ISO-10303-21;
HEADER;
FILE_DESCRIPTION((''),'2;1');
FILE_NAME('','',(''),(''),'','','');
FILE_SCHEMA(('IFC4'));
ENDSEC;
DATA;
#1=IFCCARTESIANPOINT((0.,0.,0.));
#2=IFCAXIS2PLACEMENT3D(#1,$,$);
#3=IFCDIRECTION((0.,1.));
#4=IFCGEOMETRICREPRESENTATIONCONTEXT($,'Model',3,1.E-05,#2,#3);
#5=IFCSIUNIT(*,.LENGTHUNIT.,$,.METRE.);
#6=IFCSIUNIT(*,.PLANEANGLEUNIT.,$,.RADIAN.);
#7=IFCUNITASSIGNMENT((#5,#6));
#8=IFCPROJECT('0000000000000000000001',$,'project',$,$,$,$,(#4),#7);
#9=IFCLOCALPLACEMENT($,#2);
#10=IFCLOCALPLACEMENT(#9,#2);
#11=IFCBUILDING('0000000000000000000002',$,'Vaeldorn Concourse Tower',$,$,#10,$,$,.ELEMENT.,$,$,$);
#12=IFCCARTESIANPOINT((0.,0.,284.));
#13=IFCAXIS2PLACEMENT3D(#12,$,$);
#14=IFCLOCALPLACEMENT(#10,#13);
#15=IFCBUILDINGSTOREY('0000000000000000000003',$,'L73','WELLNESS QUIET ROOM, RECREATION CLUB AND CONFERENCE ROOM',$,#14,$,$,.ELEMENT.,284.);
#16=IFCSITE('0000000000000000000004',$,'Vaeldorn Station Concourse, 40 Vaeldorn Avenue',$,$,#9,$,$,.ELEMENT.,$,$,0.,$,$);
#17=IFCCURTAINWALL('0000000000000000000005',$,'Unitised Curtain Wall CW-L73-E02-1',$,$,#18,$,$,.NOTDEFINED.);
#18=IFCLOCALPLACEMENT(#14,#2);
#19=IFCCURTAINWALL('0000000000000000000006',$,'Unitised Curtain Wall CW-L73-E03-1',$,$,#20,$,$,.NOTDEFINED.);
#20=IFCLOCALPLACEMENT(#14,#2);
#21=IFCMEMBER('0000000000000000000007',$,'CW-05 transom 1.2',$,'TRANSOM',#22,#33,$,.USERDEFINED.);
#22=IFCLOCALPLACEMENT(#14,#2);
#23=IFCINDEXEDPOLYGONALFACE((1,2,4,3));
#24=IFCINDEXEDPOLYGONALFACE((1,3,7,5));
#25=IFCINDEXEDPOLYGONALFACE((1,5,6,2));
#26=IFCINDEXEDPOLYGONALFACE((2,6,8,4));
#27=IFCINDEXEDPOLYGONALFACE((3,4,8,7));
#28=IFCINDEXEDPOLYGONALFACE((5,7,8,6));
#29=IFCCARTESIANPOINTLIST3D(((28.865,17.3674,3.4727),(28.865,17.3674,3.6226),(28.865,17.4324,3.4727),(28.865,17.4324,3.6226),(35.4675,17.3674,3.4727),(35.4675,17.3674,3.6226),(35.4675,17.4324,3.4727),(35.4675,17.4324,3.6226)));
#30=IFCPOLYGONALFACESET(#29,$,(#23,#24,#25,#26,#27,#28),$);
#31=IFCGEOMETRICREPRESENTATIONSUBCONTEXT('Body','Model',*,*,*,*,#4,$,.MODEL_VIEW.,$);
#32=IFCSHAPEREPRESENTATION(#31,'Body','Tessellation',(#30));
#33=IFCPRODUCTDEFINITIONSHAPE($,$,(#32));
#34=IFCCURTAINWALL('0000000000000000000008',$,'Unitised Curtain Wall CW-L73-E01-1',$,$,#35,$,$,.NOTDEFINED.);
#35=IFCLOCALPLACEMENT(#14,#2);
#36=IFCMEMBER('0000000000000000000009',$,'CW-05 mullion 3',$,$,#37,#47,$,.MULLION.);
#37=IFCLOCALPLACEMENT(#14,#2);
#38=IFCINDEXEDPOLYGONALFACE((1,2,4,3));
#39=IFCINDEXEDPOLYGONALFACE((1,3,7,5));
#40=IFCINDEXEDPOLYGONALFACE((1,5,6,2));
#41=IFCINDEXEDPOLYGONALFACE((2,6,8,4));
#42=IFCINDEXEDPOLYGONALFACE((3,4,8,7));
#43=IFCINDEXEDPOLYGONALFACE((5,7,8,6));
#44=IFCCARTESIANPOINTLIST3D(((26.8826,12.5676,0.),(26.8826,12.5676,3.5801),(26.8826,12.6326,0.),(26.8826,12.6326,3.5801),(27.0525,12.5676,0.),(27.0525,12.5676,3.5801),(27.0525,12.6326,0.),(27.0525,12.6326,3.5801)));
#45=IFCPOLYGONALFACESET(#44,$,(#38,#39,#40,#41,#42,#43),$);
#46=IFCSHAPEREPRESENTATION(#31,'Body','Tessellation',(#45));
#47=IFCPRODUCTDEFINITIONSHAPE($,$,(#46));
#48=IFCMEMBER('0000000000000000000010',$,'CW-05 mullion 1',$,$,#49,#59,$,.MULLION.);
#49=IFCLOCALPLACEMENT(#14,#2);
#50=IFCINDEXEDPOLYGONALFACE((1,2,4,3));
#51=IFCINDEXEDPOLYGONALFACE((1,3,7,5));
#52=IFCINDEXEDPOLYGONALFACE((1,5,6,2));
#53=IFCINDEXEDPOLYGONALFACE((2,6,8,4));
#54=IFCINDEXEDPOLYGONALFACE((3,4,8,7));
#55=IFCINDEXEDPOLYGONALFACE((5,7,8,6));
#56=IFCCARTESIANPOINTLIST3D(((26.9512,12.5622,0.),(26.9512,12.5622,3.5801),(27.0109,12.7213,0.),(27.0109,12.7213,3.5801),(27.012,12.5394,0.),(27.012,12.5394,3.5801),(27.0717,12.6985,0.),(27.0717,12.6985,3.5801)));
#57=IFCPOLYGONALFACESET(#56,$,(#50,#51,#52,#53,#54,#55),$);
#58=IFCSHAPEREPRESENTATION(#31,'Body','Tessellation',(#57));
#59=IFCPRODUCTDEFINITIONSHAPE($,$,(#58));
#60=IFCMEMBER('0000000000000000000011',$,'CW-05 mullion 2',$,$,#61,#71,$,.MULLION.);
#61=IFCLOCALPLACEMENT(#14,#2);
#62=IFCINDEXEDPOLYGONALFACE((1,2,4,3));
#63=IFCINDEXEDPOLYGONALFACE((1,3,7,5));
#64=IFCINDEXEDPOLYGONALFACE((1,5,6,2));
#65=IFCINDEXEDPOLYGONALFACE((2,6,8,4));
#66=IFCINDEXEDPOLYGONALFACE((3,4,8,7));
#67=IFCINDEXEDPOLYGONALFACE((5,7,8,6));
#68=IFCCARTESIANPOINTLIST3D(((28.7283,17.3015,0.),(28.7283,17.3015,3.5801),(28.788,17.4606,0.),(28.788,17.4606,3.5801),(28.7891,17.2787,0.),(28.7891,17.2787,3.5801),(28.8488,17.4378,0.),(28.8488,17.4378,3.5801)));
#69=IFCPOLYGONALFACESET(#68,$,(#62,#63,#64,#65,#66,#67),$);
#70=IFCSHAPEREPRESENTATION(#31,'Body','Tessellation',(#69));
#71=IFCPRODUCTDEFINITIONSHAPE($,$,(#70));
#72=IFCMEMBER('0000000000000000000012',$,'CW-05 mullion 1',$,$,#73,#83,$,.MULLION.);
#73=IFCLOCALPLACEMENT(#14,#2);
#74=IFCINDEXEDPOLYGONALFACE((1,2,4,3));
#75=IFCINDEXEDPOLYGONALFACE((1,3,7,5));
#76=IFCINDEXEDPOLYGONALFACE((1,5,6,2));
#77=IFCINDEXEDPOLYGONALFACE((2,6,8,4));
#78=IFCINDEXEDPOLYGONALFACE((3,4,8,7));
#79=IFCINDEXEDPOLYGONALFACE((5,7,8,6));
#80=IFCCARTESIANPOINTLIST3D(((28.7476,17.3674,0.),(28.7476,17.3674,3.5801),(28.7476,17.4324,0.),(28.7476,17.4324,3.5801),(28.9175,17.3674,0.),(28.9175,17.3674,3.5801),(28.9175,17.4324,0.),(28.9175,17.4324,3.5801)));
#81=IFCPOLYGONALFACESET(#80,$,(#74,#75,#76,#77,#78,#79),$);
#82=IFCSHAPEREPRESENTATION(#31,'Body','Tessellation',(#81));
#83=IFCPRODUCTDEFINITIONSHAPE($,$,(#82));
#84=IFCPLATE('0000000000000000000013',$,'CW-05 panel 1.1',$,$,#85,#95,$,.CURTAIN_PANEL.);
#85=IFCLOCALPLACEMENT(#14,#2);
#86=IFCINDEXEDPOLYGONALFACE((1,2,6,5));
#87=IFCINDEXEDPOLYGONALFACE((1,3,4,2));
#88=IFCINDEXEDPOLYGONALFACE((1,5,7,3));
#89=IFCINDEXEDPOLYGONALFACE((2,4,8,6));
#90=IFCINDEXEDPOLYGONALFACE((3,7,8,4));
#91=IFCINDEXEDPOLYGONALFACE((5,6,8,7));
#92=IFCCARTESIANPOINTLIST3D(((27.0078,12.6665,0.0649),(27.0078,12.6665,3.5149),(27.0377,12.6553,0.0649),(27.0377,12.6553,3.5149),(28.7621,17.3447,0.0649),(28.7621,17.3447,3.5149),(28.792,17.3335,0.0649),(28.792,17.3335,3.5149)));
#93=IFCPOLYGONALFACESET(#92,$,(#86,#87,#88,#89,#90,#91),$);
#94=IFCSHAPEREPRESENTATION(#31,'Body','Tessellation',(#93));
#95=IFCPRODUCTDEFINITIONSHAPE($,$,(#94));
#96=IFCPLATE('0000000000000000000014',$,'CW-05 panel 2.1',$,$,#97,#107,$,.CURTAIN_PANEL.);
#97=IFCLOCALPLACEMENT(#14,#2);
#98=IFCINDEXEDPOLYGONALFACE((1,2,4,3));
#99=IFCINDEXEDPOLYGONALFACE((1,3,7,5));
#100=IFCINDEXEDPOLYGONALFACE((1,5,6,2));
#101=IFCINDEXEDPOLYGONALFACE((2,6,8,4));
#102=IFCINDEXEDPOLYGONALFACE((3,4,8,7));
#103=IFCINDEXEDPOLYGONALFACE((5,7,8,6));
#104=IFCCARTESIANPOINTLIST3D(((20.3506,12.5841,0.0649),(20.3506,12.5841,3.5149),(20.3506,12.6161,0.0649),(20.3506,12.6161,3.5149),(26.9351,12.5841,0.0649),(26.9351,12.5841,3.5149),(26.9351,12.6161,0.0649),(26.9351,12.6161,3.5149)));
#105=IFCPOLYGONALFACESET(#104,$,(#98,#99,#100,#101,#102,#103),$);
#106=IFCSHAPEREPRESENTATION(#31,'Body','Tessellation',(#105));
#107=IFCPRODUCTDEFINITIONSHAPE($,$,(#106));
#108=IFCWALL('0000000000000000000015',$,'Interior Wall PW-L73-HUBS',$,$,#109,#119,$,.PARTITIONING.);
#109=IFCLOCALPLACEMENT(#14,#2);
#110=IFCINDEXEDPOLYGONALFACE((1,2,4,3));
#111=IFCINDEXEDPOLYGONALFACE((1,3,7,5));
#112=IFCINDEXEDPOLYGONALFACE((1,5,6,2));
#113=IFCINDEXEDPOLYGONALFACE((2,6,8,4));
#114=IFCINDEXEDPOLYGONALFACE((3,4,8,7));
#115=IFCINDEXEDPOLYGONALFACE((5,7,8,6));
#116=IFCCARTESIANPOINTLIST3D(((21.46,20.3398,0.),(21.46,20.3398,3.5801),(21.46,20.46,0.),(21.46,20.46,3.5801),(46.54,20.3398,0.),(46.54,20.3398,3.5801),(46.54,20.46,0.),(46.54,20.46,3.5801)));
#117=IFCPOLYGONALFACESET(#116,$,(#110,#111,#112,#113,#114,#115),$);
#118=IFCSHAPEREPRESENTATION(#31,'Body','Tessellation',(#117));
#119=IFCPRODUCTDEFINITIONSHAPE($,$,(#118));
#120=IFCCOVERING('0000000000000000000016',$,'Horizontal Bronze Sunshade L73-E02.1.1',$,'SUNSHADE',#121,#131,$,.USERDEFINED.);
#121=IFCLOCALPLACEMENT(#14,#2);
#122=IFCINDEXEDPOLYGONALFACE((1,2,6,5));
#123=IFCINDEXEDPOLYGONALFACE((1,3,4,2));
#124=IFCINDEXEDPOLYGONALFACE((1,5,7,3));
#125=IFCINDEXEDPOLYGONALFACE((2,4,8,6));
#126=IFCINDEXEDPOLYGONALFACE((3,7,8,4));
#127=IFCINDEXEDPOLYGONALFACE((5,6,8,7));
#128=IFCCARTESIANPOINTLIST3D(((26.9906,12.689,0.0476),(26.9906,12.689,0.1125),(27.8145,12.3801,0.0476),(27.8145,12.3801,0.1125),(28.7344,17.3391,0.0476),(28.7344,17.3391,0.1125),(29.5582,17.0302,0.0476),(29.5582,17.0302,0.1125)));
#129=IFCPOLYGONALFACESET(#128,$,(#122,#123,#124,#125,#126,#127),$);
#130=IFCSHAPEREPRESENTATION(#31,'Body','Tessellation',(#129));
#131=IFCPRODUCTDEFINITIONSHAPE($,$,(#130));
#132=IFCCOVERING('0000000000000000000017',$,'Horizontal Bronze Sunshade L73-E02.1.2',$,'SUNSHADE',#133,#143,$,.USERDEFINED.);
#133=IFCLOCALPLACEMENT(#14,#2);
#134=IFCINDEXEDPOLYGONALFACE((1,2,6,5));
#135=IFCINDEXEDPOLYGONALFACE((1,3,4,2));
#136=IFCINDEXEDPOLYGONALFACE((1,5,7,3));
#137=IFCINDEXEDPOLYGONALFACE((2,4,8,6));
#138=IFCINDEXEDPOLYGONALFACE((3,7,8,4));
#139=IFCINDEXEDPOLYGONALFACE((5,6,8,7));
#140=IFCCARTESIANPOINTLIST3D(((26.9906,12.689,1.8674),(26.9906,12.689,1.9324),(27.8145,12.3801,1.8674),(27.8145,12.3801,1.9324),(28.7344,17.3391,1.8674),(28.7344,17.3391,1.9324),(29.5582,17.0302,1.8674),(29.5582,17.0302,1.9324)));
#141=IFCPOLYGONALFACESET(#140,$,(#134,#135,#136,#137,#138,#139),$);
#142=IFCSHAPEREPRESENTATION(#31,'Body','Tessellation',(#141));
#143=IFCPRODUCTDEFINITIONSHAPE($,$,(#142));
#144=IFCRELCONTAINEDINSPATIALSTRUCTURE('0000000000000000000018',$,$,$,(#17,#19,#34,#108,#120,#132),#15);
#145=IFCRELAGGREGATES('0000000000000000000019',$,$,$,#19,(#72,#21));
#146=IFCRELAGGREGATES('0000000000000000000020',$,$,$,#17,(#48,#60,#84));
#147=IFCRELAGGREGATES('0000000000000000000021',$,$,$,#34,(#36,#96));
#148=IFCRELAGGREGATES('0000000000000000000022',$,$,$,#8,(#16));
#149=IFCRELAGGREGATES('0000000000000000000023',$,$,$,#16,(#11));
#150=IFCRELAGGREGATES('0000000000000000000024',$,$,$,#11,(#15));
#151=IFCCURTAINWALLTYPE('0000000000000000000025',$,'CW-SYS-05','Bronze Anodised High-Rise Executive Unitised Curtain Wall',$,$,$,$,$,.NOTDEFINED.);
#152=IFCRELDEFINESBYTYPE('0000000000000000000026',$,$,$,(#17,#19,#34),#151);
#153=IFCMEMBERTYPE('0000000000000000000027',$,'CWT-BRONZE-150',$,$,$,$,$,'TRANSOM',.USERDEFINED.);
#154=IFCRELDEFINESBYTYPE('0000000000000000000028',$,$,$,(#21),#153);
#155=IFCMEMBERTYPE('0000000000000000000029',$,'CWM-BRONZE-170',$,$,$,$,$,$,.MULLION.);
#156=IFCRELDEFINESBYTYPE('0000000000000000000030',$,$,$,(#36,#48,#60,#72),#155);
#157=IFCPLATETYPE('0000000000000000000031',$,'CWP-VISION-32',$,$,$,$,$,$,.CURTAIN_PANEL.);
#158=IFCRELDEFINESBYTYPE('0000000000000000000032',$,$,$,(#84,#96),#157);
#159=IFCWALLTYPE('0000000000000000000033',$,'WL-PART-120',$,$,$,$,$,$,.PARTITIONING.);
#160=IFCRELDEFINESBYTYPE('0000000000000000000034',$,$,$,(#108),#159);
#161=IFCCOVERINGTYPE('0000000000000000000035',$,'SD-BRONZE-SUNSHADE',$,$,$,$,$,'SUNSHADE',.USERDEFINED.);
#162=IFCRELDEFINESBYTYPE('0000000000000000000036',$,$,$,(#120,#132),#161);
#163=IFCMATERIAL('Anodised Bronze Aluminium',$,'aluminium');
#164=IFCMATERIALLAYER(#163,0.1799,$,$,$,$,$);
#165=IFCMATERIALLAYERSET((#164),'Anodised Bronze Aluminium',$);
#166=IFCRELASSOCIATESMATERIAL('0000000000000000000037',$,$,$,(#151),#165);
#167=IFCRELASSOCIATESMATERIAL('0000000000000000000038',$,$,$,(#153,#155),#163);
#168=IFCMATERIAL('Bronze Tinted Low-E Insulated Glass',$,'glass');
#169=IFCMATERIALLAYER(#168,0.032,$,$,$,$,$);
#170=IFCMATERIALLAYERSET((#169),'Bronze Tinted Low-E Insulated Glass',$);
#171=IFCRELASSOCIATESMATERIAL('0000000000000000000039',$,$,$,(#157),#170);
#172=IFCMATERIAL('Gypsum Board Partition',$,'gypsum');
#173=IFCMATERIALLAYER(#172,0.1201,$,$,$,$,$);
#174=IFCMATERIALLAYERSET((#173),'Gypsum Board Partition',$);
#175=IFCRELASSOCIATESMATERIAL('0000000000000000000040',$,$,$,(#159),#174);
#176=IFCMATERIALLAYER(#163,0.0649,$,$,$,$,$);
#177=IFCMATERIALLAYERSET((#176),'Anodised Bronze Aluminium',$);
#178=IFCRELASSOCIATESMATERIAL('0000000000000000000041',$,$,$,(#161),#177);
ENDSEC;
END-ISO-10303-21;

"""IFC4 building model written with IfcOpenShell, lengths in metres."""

from ifc_helpers import new_model, si_unit, direction, frame, frame_2d, origin, origin_2d, place, context, subcontext, project, spatial, rectangle, extrude, source, transform, mapped, material, layer, layer_set, material_profile, profile_set, type_object, element, aggregate, save


model = new_model("IFC4")

# Units and contexts
model_context = context("Model", 3, precision=1e-05, world=origin(), true_north=direction((0.0, 1.0)))
body_context = subcontext(model_context, "Body", "Model", "MODEL_VIEW")
ifc_project = project(units=[si_unit("LENGTHUNIT", "METRE"), si_unit("PLANEANGLEUNIT", "RADIAN")], contexts=[model_context])

# Site, building, storey
site_placement = place(None, origin())
site = spatial("IfcSite", under=ifc_project, at=site_placement, Name="Vaeldorn Station Concourse, 40 Vaeldorn Avenue", CompositionType="ELEMENT", RefElevation=0.0)
building_placement = place(site_placement, origin())
building = spatial("IfcBuilding", under=site, at=building_placement, Name="Vaeldorn Concourse Tower", CompositionType="ELEMENT")
storey_placement = place(building_placement, frame((0.0, 0.0, 284.0)))
storey = spatial("IfcBuildingStorey", under=building, at=storey_placement, Name="L73", Description="WELLNESS QUIET ROOM, RECREATION CLUB AND CONFERENCE ROOM", CompositionType="ELEMENT", Elevation=284.0)

# Curtain walls, member
ifc_material_1 = material(Name="Anodised Bronze Aluminium", Category="aluminium")
ifc_layer_1 = layer(ifc_material_1, 0.1799)
ifc_layer_set_1 = layer_set([ifc_layer_1], Name="Anodised Bronze Aluminium")
curtain_wall_type = type_object("IfcCurtainWallType", Name="CW-SYS-05", Description="Bronze Anodised High-Rise Executive Unitised Curtain Wall", PredefinedType="NOTDEFINED", material=ifc_layer_set_1)
curtain_wall_1_placement = place(storey_placement, origin())
curtain_wall_1 = element("IfcCurtainWall", 1, at=curtain_wall_1_placement, inside=storey, type_object=curtain_wall_type, Name="Unitised Curtain Wall CW-L73-E02-1", PredefinedType="NOTDEFINED")
ifc_material_profile_1 = material_profile(ifc_material_1, rectangle(XDim=0.0649, YDim=0.1499, at=origin_2d()), Name="CWT 65x150")
ifc_profile_set_1 = profile_set([ifc_material_profile_1], Name="Anodised Bronze Aluminium")
member_type_1 = type_object("IfcMemberType", Name="CWT-BRONZE-150", ElementType="TRANSOM", PredefinedType="USERDEFINED", material=ifc_profile_set_1)
curtain_wall_2_placement = place(storey_placement, origin())
curtain_wall_2 = element("IfcCurtainWall", 2, at=curtain_wall_2_placement, inside=storey, type_object=curtain_wall_type, Name="Unitised Curtain Wall CW-L73-E03-1", PredefinedType="NOTDEFINED")
shared_shape_1 = source(origin(), body_context, "Body", "SweptSolid", [
    extrude(rectangle(XDim=0.0649, YDim=0.1499, at=origin_2d()), origin(), (0.0, 0.0, 1.0), 6.6025),
])
member_1_placement = place(storey_placement, frame((28.865, 17.3999, 3.5476), z_axis=(1.0, 0.0, 0.0), x_axis=(0.0, 1.0, 0.0)))
member_1 = element("IfcMember", 3, at=member_1_placement, type_object=member_type_1, Name="CW-05 transom 1.2", ObjectType="TRANSOM", PredefinedType="USERDEFINED", context=body_context, shape_type="MappedRepresentation", body=[
    mapped(shared_shape_1, transform((0.0, 0.0, 0.0), scale=1.0)),
])

# Curtain wall, member
curtain_wall_3_placement = place(storey_placement, origin())
curtain_wall_3 = element("IfcCurtainWall", 4, at=curtain_wall_3_placement, inside=storey, type_object=curtain_wall_type, Name="Unitised Curtain Wall CW-L73-E01-1", PredefinedType="NOTDEFINED")
ifc_material_profile_2 = material_profile(ifc_material_1, rectangle(XDim=0.0649, YDim=0.1699, at=origin_2d()), Name="CWM 65x170")
ifc_profile_set_2 = profile_set([ifc_material_profile_2], Name="Anodised Bronze Aluminium")
member_type_2 = type_object("IfcMemberType", Name="CWM-BRONZE-170", PredefinedType="MULLION", material=ifc_profile_set_2)
shared_shape_2 = source(origin(), body_context, "Body", "SweptSolid", [
    extrude(rectangle(XDim=0.0649, YDim=0.1699, at=origin_2d()), origin(), (0.0, 0.0, 1.0), 3.5801),
])
member_2_placement = place(storey_placement, frame((26.9675, 12.6001, 0.0), z_axis=(0.0, 0.0, 1.0), x_axis=(0.0, 1.0, 0.0)))
member_2 = element("IfcMember", 5, at=member_2_placement, type_object=member_type_2, Name="CW-05 mullion 3", PredefinedType="MULLION", context=body_context, shape_type="MappedRepresentation", body=[
    mapped(shared_shape_2, transform((0.0, 0.0, 0.0), scale=1.0)),
])

# Members
member_3_placement = place(storey_placement, frame((27.0115, 12.6304, 0.0), z_axis=(0.0, 0.0, 1.0), x_axis=(-0.936329, 0.351123, 0.0)))
member_3 = element("IfcMember", 6, at=member_3_placement, type_object=member_type_2, Name="CW-05 mullion 1", PredefinedType="MULLION", context=body_context, shape_type="MappedRepresentation", body=[
    mapped(shared_shape_2, transform((0.0, 0.0, 0.0), scale=1.0)),
])
member_4_placement = place(storey_placement, frame((28.7886, 17.3696, 0.0), z_axis=(0.0, 0.0, 1.0), x_axis=(-0.936329, 0.351123, 0.0)))
member_4 = element("IfcMember", 7, at=member_4_placement, type_object=member_type_2, Name="CW-05 mullion 2", PredefinedType="MULLION", context=body_context, shape_type="MappedRepresentation", body=[
    mapped(shared_shape_2, transform((0.0, 0.0, 0.0), scale=1.0)),
])
member_5_placement = place(storey_placement, frame((28.8325, 17.3999, 0.0), z_axis=(0.0, 0.0, 1.0), x_axis=(0.0, 1.0, 0.0)))
member_5 = element("IfcMember", 8, at=member_5_placement, type_object=member_type_2, Name="CW-05 mullion 1", PredefinedType="MULLION", context=body_context, shape_type="MappedRepresentation", body=[
    mapped(shared_shape_2, transform((0.0, 0.0, 0.0), scale=1.0)),
])
aggregate(curtain_wall_2, [member_5, member_1])

# Plates
ifc_material_2 = material(Name="Bronze Tinted Low-E Insulated Glass", Category="glass")
ifc_layer_2 = layer(ifc_material_2, 0.032)
ifc_layer_set_2 = layer_set([ifc_layer_2], Name="Bronze Tinted Low-E Insulated Glass")
plate_type = type_object("IfcPlateType", Name="CWP-VISION-32", PredefinedType="CURTAIN_PANEL", material=ifc_layer_set_2)
shared_shape_3 = source(origin(), body_context, "Body", "SweptSolid", [
    extrude(rectangle(XDim=4.9963, YDim=0.032, at=origin_2d()), origin(), (0.0, 0.0, 1.0), 3.45),
])
plate_1_placement = place(storey_placement, frame((27.8999, 15.0, 0.0649), z_axis=(0.0, 0.0, 1.0), x_axis=(0.351123, 0.936329, 0.0)))
plate_1 = element("IfcPlate", 9, at=plate_1_placement, type_object=plate_type, Name="CW-05 panel 1.1", PredefinedType="CURTAIN_PANEL", context=body_context, shape_type="MappedRepresentation", body=[
    mapped(shared_shape_3, transform((0.0, 0.0, 0.0), scale=1.0)),
])
aggregate(curtain_wall_1, [member_3, member_4, plate_1])
shared_shape_4 = source(origin(), body_context, "Body", "SweptSolid", [
    extrude(rectangle(XDim=6.5845, YDim=0.032, at=origin_2d()), origin(), (0.0, 0.0, 1.0), 3.45),
])
plate_2_placement = place(storey_placement, frame((23.6428, 12.6001, 0.0649), z_axis=(0.0, 0.0, 1.0), x_axis=(1.0, 0.0, 0.0)))
plate_2 = element("IfcPlate", 10, at=plate_2_placement, type_object=plate_type, Name="CW-05 panel 2.1", PredefinedType="CURTAIN_PANEL", context=body_context, shape_type="MappedRepresentation", body=[
    mapped(shared_shape_4, transform((0.0, 0.0, 0.0), scale=1.0)),
])
aggregate(curtain_wall_3, [member_2, plate_2])

# Wall
ifc_material_3 = material(Name="Gypsum Board Partition", Category="gypsum")
ifc_layer_3 = layer(ifc_material_3, 0.1201)
ifc_layer_set_3 = layer_set([ifc_layer_3], Name="Gypsum Board Partition")
wall_type = type_object("IfcWallType", Name="WL-PART-120", PredefinedType="PARTITIONING", material=ifc_layer_set_3)
wall_placement = place(storey_placement, frame((21.46, 20.3999, 0.0), z_axis=(0.0, 0.0, 1.0), x_axis=(1.0, 0.0, 0.0)))
element("IfcWall", 11, at=wall_placement, inside=storey, type_object=wall_type, Name="Interior Wall PW-L73-HUBS", PredefinedType="PARTITIONING", context=body_context, shape_type="SweptSolid", body=[
    extrude(rectangle(XDim=25.0801, YDim=0.1201, at=frame_2d((12.54, 0.0))), origin(), (0.0, 0.0, 1.0), 3.5801),
])

# Coverings
ifc_layer_4 = layer(ifc_material_1, 0.0649)
ifc_layer_set_4 = layer_set([ifc_layer_4], Name="Anodised Bronze Aluminium")
covering_type = type_object("IfcCoveringType", Name="SD-BRONZE-SUNSHADE", ElementType="SUNSHADE", PredefinedType="USERDEFINED", material=ifc_layer_set_4)
shared_shape_5 = source(origin(), body_context, "Body", "SweptSolid", [
    extrude(rectangle(XDim=4.9663, YDim=0.8799, at=origin_2d()), origin(), (0.0, 0.0, 1.0), 0.0649),
])
for number, where, z_axis, x_axis, name in (
    (12, (28.2744, 14.8596, 0.0476), (0.0, 0.0, 1.0), (0.351123, 0.936329, 0.0), "Horizontal Bronze Sunshade L73-E02.1.1"),
    (13, (28.2744, 14.8596, 1.8674), (0.0, 0.0, 1.0), (0.351123, 0.936329, 0.0), "Horizontal Bronze Sunshade L73-E02.1.2"),
):
    element("IfcCovering", number, at=place(storey_placement, frame(where, z_axis=z_axis, x_axis=x_axis)), inside=storey, type_object=covering_type, Name=name, ObjectType="SUNSHADE", PredefinedType="USERDEFINED", context=body_context, shape_type="MappedRepresentation", body=[
        mapped(shared_shape_5, transform((0.0, 0.0, 0.0), scale=1.0)),
    ])

save(model, "model.ifc")
